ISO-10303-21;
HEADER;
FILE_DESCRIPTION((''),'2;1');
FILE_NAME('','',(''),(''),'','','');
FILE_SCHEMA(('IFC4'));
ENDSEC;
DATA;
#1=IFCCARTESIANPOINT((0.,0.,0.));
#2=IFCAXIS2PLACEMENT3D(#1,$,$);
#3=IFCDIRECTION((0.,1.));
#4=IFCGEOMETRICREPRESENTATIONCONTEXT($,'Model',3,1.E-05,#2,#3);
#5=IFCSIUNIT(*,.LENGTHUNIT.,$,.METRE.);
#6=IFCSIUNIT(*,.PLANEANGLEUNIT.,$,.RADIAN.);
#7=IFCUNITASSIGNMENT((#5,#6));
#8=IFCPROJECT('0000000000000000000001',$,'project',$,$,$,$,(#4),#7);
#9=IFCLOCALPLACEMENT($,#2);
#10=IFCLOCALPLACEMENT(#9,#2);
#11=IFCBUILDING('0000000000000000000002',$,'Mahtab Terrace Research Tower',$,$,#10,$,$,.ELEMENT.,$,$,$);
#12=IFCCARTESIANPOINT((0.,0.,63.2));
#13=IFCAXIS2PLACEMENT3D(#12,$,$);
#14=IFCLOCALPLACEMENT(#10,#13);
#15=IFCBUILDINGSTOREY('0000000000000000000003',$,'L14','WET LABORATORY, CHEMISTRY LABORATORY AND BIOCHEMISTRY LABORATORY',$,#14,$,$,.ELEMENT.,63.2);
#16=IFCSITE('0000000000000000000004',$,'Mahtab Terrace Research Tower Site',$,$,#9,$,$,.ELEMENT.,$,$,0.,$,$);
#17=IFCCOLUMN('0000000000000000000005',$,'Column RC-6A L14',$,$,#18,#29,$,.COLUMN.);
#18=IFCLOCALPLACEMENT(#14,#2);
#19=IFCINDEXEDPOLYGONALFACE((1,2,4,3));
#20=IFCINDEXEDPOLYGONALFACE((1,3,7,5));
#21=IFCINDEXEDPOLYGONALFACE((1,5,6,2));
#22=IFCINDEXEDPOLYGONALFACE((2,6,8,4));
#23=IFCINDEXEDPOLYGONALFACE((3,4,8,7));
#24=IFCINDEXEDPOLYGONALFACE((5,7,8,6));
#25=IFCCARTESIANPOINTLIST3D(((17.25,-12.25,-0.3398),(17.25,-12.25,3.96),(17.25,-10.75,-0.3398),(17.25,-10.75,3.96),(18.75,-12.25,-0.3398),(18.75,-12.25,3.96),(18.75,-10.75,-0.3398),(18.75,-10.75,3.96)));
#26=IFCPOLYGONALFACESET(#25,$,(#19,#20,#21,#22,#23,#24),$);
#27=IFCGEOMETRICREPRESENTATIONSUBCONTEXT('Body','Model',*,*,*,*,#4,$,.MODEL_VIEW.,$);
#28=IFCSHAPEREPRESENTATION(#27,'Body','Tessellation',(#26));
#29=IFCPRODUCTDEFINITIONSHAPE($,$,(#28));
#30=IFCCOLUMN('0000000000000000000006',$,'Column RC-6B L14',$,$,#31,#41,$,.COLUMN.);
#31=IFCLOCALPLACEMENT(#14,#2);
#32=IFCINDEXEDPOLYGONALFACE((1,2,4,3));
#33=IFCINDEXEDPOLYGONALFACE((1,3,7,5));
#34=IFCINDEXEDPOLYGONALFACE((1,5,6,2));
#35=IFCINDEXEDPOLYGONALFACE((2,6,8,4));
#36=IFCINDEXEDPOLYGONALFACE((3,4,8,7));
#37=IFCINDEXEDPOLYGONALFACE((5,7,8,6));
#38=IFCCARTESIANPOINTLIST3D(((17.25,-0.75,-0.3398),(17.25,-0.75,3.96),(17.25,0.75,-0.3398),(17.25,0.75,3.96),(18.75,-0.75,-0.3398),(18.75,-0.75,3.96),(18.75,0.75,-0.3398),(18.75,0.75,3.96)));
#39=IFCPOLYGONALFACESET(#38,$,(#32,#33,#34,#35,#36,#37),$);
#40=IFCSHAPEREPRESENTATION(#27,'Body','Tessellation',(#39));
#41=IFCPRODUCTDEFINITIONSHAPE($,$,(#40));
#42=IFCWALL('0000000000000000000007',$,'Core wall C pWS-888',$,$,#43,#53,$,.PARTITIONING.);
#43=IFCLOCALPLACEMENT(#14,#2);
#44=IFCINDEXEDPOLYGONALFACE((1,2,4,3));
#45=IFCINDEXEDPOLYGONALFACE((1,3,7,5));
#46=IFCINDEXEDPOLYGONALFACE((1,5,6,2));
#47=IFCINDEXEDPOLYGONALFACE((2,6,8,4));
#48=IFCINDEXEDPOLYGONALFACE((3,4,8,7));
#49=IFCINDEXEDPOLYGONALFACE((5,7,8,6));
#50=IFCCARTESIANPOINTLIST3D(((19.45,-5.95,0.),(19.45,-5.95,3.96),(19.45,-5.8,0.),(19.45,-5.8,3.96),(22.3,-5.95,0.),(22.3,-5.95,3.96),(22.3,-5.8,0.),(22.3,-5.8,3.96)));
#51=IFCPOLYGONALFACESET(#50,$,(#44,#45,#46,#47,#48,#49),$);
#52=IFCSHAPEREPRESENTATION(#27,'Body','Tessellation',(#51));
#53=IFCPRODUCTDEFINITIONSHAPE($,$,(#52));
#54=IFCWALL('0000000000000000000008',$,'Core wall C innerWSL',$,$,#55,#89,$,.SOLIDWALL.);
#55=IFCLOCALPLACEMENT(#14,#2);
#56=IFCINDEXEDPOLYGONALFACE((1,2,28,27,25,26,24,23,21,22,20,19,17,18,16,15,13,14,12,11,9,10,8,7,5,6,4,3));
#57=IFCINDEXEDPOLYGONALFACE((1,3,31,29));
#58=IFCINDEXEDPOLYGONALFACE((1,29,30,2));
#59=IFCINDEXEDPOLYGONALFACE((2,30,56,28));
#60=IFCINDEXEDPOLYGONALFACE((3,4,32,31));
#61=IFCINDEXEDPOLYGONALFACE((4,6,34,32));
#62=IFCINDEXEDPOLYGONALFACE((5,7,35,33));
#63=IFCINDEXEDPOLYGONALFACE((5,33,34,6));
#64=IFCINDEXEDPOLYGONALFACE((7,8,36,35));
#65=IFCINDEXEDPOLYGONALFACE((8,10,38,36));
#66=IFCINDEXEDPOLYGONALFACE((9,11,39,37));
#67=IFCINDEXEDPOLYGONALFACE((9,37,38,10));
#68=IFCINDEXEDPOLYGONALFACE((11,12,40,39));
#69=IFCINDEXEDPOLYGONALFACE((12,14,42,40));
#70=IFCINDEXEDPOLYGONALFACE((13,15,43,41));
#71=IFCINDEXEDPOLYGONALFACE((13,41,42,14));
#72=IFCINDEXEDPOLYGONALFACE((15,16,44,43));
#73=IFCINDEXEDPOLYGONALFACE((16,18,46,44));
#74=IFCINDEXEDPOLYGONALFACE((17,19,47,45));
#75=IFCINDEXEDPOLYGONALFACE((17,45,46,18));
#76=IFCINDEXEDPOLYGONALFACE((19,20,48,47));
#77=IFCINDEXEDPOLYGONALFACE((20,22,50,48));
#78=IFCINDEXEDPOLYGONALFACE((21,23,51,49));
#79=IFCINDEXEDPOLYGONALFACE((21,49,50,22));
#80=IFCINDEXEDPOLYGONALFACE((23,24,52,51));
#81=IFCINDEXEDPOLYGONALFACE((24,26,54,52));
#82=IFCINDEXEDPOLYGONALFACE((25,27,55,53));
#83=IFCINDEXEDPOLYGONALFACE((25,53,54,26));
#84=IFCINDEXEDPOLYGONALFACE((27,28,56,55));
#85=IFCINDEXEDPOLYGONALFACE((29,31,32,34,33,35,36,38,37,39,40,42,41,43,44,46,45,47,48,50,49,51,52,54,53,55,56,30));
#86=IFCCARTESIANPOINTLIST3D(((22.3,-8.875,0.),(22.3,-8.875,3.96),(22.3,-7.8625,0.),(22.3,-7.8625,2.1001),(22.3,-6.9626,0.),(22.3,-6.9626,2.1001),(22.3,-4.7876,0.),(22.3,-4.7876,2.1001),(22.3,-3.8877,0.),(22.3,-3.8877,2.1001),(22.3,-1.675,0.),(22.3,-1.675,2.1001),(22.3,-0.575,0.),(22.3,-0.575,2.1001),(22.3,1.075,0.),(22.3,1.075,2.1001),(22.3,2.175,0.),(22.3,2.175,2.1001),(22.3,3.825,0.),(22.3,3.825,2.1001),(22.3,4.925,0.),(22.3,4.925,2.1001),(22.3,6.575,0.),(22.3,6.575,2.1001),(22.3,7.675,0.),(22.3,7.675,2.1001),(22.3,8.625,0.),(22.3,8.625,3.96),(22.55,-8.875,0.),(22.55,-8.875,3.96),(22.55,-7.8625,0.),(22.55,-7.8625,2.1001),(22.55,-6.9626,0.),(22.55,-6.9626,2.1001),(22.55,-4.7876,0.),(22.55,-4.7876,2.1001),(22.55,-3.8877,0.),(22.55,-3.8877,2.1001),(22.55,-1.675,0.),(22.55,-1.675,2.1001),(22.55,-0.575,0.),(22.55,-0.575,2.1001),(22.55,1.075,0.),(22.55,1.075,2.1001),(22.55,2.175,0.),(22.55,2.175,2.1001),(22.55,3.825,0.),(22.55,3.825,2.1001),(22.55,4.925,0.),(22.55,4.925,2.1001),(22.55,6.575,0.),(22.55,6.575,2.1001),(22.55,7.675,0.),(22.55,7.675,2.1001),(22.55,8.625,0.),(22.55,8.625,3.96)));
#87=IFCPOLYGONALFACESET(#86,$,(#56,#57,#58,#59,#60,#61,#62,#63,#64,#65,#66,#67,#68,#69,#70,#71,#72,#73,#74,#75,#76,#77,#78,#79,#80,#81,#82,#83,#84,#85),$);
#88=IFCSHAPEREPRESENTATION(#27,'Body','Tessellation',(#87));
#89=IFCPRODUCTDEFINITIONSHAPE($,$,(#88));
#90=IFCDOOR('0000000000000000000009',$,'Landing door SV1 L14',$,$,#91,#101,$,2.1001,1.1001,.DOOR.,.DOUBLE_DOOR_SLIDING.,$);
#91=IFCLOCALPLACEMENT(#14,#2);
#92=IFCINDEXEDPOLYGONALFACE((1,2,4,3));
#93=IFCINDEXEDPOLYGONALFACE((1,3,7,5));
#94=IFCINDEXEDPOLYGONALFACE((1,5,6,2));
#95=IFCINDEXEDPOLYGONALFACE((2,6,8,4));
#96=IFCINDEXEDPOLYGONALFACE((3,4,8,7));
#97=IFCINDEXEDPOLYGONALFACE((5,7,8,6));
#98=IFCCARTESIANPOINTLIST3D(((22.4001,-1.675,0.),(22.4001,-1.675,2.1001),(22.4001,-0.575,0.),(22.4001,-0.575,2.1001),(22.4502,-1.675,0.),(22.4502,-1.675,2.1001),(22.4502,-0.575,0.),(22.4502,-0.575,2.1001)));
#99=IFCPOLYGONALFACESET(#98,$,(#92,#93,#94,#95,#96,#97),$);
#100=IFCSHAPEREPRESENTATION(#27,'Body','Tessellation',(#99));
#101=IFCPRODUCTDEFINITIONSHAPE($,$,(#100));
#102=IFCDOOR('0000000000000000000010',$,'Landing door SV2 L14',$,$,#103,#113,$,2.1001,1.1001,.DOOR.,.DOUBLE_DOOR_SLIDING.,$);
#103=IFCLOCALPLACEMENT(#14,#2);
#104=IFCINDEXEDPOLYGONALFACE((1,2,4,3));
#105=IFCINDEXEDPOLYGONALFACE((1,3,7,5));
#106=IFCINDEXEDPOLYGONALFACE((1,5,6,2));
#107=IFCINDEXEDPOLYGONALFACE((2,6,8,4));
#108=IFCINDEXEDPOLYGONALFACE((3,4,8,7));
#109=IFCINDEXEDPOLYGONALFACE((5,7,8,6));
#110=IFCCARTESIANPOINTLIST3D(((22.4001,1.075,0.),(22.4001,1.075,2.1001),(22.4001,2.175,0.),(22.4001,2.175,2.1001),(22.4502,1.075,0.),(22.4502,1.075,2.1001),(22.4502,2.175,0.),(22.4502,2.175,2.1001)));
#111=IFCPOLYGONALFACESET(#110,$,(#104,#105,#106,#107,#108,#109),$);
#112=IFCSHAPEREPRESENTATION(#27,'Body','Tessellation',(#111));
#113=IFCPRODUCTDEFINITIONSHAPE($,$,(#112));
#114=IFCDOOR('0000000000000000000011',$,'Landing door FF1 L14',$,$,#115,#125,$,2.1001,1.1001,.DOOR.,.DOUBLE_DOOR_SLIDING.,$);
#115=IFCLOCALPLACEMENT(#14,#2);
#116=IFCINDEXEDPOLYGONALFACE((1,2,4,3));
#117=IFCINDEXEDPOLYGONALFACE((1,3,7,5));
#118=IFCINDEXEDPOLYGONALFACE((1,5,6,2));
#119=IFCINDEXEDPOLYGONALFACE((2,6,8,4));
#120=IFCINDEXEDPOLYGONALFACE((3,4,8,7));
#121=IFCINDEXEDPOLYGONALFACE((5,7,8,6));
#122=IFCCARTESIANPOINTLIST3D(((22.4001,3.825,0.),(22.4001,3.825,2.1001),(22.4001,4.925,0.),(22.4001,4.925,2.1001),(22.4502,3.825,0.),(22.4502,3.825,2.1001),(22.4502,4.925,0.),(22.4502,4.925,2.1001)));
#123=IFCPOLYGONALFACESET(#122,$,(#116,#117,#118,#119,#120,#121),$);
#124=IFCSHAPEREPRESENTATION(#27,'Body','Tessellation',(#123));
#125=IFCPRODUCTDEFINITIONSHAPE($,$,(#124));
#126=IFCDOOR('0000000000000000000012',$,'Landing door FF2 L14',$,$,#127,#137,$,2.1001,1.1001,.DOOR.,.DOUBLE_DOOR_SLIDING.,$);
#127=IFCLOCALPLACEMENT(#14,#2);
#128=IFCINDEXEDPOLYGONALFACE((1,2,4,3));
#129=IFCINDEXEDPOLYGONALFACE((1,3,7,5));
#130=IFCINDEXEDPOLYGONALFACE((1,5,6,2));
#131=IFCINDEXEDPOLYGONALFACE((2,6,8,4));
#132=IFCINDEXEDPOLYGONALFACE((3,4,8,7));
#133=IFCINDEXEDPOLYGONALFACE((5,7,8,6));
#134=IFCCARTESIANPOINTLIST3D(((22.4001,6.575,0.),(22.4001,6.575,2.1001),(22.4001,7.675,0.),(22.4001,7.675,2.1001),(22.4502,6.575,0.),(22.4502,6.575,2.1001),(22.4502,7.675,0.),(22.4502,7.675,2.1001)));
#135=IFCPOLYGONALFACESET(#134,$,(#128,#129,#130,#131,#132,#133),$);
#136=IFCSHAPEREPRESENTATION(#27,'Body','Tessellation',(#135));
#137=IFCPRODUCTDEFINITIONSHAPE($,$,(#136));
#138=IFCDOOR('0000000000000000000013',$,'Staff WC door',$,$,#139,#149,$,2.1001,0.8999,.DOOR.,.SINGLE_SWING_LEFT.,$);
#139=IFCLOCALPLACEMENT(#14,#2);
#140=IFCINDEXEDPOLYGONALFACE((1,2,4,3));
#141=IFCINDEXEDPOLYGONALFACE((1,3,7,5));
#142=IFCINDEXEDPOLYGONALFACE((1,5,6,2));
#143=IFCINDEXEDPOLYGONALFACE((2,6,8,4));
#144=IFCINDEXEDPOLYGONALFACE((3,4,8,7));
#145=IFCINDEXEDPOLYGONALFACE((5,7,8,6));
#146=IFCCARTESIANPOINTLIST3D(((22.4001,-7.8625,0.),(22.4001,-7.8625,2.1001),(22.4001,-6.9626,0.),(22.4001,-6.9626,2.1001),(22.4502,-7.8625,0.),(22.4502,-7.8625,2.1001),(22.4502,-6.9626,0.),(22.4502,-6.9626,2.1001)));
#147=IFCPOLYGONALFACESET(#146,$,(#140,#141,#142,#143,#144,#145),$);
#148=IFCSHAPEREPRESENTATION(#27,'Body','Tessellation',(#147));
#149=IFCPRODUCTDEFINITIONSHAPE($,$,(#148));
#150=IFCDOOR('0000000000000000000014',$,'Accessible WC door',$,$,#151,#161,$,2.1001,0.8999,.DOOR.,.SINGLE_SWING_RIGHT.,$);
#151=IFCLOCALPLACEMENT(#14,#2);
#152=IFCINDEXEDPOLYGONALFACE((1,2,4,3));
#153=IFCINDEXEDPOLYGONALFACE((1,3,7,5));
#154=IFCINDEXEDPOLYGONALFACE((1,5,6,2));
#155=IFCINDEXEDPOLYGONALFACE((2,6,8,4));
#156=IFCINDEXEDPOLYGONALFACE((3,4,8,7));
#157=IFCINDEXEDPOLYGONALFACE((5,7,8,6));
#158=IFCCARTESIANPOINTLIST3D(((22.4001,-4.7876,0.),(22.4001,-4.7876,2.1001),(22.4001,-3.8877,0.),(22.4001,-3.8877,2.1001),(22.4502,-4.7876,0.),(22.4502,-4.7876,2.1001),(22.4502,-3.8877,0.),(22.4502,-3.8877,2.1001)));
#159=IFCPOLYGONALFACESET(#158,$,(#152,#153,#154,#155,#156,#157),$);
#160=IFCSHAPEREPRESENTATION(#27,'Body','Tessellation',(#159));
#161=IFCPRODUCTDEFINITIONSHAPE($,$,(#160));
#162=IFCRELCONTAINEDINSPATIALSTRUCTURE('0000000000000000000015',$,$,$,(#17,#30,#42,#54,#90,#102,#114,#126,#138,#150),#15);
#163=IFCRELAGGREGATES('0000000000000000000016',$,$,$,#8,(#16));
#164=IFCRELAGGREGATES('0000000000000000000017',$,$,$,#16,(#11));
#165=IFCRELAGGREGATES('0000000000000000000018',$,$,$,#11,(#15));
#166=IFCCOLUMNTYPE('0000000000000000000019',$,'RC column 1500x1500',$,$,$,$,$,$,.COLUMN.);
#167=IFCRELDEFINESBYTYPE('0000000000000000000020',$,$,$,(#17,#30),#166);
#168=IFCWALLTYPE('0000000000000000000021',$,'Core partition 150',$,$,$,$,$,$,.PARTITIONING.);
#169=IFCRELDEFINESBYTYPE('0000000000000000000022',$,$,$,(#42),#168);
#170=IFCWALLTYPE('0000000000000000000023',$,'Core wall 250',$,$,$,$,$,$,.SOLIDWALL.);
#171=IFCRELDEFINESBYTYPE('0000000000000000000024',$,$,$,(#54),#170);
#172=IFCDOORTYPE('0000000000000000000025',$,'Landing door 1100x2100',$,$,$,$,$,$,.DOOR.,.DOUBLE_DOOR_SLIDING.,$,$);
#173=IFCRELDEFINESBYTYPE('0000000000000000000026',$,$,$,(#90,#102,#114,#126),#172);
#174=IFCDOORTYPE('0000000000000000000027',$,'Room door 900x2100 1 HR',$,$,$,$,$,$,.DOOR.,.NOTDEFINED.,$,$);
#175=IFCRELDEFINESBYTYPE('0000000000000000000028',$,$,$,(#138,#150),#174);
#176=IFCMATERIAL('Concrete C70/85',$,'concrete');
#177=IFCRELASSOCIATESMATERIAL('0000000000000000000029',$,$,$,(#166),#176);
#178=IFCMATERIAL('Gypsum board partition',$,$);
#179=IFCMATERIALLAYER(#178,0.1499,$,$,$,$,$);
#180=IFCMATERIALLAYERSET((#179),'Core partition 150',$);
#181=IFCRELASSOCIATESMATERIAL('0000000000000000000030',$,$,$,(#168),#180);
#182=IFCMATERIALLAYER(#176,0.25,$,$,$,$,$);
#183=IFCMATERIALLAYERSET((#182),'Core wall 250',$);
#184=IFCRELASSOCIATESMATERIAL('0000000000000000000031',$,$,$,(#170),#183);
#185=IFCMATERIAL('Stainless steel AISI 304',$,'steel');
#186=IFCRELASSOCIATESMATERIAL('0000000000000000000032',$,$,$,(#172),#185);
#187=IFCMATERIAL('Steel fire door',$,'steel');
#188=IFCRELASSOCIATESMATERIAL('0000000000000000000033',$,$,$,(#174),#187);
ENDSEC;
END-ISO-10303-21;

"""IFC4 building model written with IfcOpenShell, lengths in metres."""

from ifc_helpers import new_model, si_unit, direction, frame, frame_2d, origin, origin_2d, place, context, subcontext, project, spatial, rectangle, extrude, material, layer, layer_set, material_profile, profile_set, type_object, element, fill, save


model = new_model("IFC4")

# Units and contexts
model_context = context("Model", 3, precision=1e-05, world=origin(), true_north=direction((0.0, 1.0)))
body_context = subcontext(model_context, "Body", "Model", "MODEL_VIEW")
ifc_project = project(units=[si_unit("LENGTHUNIT", "METRE"), si_unit("PLANEANGLEUNIT", "RADIAN")], contexts=[model_context])

# Site, building, storey
site_placement = place(None, origin())
site = spatial("IfcSite", under=ifc_project, at=site_placement, Name="Mahtab Terrace Research Tower Site", CompositionType="ELEMENT", RefElevation=0.0)
building_placement = place(site_placement, origin())
building = spatial("IfcBuilding", under=site, at=building_placement, Name="Mahtab Terrace Research Tower", CompositionType="ELEMENT")
storey_placement = place(building_placement, frame((0.0, 0.0, 63.2)))
storey = spatial("IfcBuildingStorey", under=building, at=storey_placement, Name="L14", Description="WET LABORATORY, CHEMISTRY LABORATORY AND BIOCHEMISTRY LABORATORY", CompositionType="ELEMENT", Elevation=63.2)

# Columns
ifc_material_1 = material(Name="Concrete C70/85", Category="concrete")
ifc_material_profile = material_profile(ifc_material_1, rectangle(XDim=1.5, YDim=1.5, at=origin_2d()), Name="RC column 1500x1500")
ifc_profile_set = profile_set([ifc_material_profile], Name="Concrete C70/85")
column_type = type_object("IfcColumnType", Name="RC column 1500x1500", PredefinedType="COLUMN", material=ifc_profile_set)
for number, where, z_axis, x_axis, name in (
    (1, (18.0, -11.5, -0.3398), (0.0, 0.0, 1.0), (1.0, 0.0, 0.0), "Column RC-6A L14"),
    (2, (18.0, 0.0, -0.3398), (0.0, 0.0, 1.0), (1.0, 0.0, 0.0), "Column RC-6B L14"),
):
    element("IfcColumn", number, at=place(storey_placement, frame(where, z_axis=z_axis, x_axis=x_axis)), inside=storey, type_object=column_type, Name=name, PredefinedType="COLUMN", context=body_context, shape_type="SweptSolid", body=[
        extrude(rectangle(XDim=1.5, YDim=1.5, at=origin_2d()), origin(), (0.0, 0.0, 1.0), 4.2998),
    ])

# Wall
ifc_material_2 = material(Name="Gypsum board partition")
ifc_layer_1 = layer(ifc_material_2, 0.1499)
ifc_layer_set_1 = layer_set([ifc_layer_1], Name="Core partition 150")
wall_type_1 = type_object("IfcWallType", Name="Core partition 150", PredefinedType="PARTITIONING", material=ifc_layer_set_1)
wall_1_placement = place(storey_placement, frame((19.45, -5.875, 0.0), z_axis=(0.0, 0.0, 1.0), x_axis=(1.0, 0.0, 0.0)))
element("IfcWall", 3, at=wall_1_placement, inside=storey, type_object=wall_type_1, Name="Core wall C pWS-888", PredefinedType="PARTITIONING", context=body_context, shape_type="SweptSolid", body=[
    extrude(rectangle(XDim=2.8501, YDim=0.1499, at=frame_2d((1.425, 0.0))), origin(), (0.0, 0.0, 1.0), 3.96),
])

# Wall, openings, doors
ifc_layer_2 = layer(ifc_material_1, 0.25)
ifc_layer_set_2 = layer_set([ifc_layer_2], Name="Core wall 250")
wall_type_2 = type_object("IfcWallType", Name="Core wall 250", PredefinedType="SOLIDWALL", material=ifc_layer_set_2)
wall_2_placement = place(storey_placement, frame((22.425, -8.875, 0.0), z_axis=(0.0, 0.0, 1.0), x_axis=(0.0, 1.0, 0.0)))
wall_2 = element("IfcWall", 4, at=wall_2_placement, inside=storey, type_object=wall_type_2, Name="Core wall C innerWSL", PredefinedType="SOLIDWALL", context=body_context, shape_type="SweptSolid", body=[
    extrude(rectangle(XDim=17.5, YDim=0.25, at=frame_2d((8.75, 0.0))), origin(), (0.0, 0.0, 1.0), 3.96),
])
opening_1_placement = place(wall_2_placement, frame((7.2, 0.0, 0.0)))
opening_1 = element("IfcOpeningElement", 5, at=opening_1_placement, cuts=wall_2, PredefinedType="OPENING", context=body_context, shape_type="SweptSolid", body=[
    extrude(rectangle(XDim=1.1001, YDim=2.1001, at=frame_2d((0.55, 1.05))), frame((0.0, 0.135, 0.0), z_axis=(0.0, -1.0, 0.0), x_axis=(1.0, 0.0, 0.0)), (0.0, 0.0, 1.0), 0.27),
])
opening_2_placement = place(wall_2_placement, frame((9.95, 0.0, 0.0)))
opening_2 = element("IfcOpeningElement", 6, at=opening_2_placement, cuts=wall_2, PredefinedType="OPENING", context=body_context, shape_type="SweptSolid", body=[
    extrude(rectangle(XDim=1.1001, YDim=2.1001, at=frame_2d((0.55, 1.05))), frame((0.0, 0.135, 0.0), z_axis=(0.0, -1.0, 0.0), x_axis=(1.0, 0.0, 0.0)), (0.0, 0.0, 1.0), 0.27),
])
opening_3_placement = place(wall_2_placement, frame((12.7, 0.0, 0.0)))
opening_3 = element("IfcOpeningElement", 7, at=opening_3_placement, cuts=wall_2, PredefinedType="OPENING", context=body_context, shape_type="SweptSolid", body=[
    extrude(rectangle(XDim=1.1001, YDim=2.1001, at=frame_2d((0.55, 1.05))), frame((0.0, 0.135, 0.0), z_axis=(0.0, -1.0, 0.0), x_axis=(1.0, 0.0, 0.0)), (0.0, 0.0, 1.0), 0.27),
])
opening_4_placement = place(wall_2_placement, frame((15.45, 0.0, 0.0)))
opening_4 = element("IfcOpeningElement", 8, at=opening_4_placement, cuts=wall_2, PredefinedType="OPENING", context=body_context, shape_type="SweptSolid", body=[
    extrude(rectangle(XDim=1.1001, YDim=2.1001, at=frame_2d((0.55, 1.05))), frame((0.0, 0.135, 0.0), z_axis=(0.0, -1.0, 0.0), x_axis=(1.0, 0.0, 0.0)), (0.0, 0.0, 1.0), 0.27),
])
opening_5_placement = place(wall_2_placement, frame((1.0125, 0.0, 0.0)))
opening_5 = element("IfcOpeningElement", 9, at=opening_5_placement, cuts=wall_2, PredefinedType="OPENING", context=body_context, shape_type="SweptSolid", body=[
    extrude(rectangle(XDim=0.8999, YDim=2.1001, at=frame_2d((0.45, 1.05))), frame((0.0, 0.135, 0.0), z_axis=(0.0, -1.0, 0.0), x_axis=(1.0, 0.0, 0.0)), (0.0, 0.0, 1.0), 0.27),
])
opening_6_placement = place(wall_2_placement, frame((4.0874, 0.0, 0.0)))
opening_6 = element("IfcOpeningElement", 10, at=opening_6_placement, cuts=wall_2, PredefinedType="OPENING", context=body_context, shape_type="SweptSolid", body=[
    extrude(rectangle(XDim=0.8999, YDim=2.1001, at=frame_2d((0.45, 1.05))), frame((0.0, 0.135, 0.0), z_axis=(0.0, -1.0, 0.0), x_axis=(1.0, 0.0, 0.0)), (0.0, 0.0, 1.0), 0.27),
])
ifc_material_3 = material(Name="Stainless steel AISI 304", Category="steel")
door_type_1 = type_object("IfcDoorType", Name="Landing door 1100x2100", OperationType="DOUBLE_DOOR_SLIDING", PredefinedType="DOOR", material=ifc_material_3)
door_1_placement = place(opening_1_placement, origin())
door_1 = element("IfcDoor", 11, at=door_1_placement, inside=storey, type_object=door_type_1, Name="Landing door SV1 L14", OperationType="DOUBLE_DOOR_SLIDING", OverallHeight=2.1001, OverallWidth=1.1001, PredefinedType="DOOR", context=body_context, shape_type="SweptSolid", body=[
    extrude(rectangle(XDim=1.1001, YDim=2.1001, at=frame_2d((0.55, 1.05))), frame((0.0, 0.0249, 0.0), z_axis=(0.0, -1.0, 0.0), x_axis=(1.0, 0.0, 0.0)), (0.0, 0.0, 1.0), 0.05),
])
fill(opening_1, door_1)
door_2_placement = place(opening_2_placement, origin())
door_2 = element("IfcDoor", 12, at=door_2_placement, inside=storey, type_object=door_type_1, Name="Landing door SV2 L14", OperationType="DOUBLE_DOOR_SLIDING", OverallHeight=2.1001, OverallWidth=1.1001, PredefinedType="DOOR", context=body_context, shape_type="SweptSolid", body=[
    extrude(rectangle(XDim=1.1001, YDim=2.1001, at=frame_2d((0.55, 1.05))), frame((0.0, 0.0249, 0.0), z_axis=(0.0, -1.0, 0.0), x_axis=(1.0, 0.0, 0.0)), (0.0, 0.0, 1.0), 0.05),
])
fill(opening_2, door_2)
door_3_placement = place(opening_3_placement, origin())
door_3 = element("IfcDoor", 13, at=door_3_placement, inside=storey, type_object=door_type_1, Name="Landing door FF1 L14", OperationType="DOUBLE_DOOR_SLIDING", OverallHeight=2.1001, OverallWidth=1.1001, PredefinedType="DOOR", context=body_context, shape_type="SweptSolid", body=[
    extrude(rectangle(XDim=1.1001, YDim=2.1001, at=frame_2d((0.55, 1.05))), frame((0.0, 0.0249, 0.0), z_axis=(0.0, -1.0, 0.0), x_axis=(1.0, 0.0, 0.0)), (0.0, 0.0, 1.0), 0.05),
])
fill(opening_3, door_3)
door_4_placement = place(opening_4_placement, origin())
door_4 = element("IfcDoor", 14, at=door_4_placement, inside=storey, type_object=door_type_1, Name="Landing door FF2 L14", OperationType="DOUBLE_DOOR_SLIDING", OverallHeight=2.1001, OverallWidth=1.1001, PredefinedType="DOOR", context=body_context, shape_type="SweptSolid", body=[
    extrude(rectangle(XDim=1.1001, YDim=2.1001, at=frame_2d((0.55, 1.05))), frame((0.0, 0.0249, 0.0), z_axis=(0.0, -1.0, 0.0), x_axis=(1.0, 0.0, 0.0)), (0.0, 0.0, 1.0), 0.05),
])
fill(opening_4, door_4)
ifc_material_4 = material(Name="Steel fire door", Category="steel")
door_type_2 = type_object("IfcDoorType", Name="Room door 900x2100 1 HR", OperationType="NOTDEFINED", PredefinedType="DOOR", material=ifc_material_4)
door_5_placement = place(opening_5_placement, origin())
door_5 = element("IfcDoor", 15, at=door_5_placement, inside=storey, type_object=door_type_2, Name="Staff WC door", OperationType="SINGLE_SWING_LEFT", OverallHeight=2.1001, OverallWidth=0.8999, PredefinedType="DOOR", context=body_context, shape_type="SweptSolid", body=[
    extrude(rectangle(XDim=0.8999, YDim=2.1001, at=frame_2d((0.45, 1.05))), frame((0.0, 0.0249, 0.0), z_axis=(0.0, -1.0, 0.0), x_axis=(1.0, 0.0, 0.0)), (0.0, 0.0, 1.0), 0.05),
])
fill(opening_5, door_5)
door_6_placement = place(opening_6_placement, origin())
door_6 = element("IfcDoor", 16, at=door_6_placement, inside=storey, type_object=door_type_2, Name="Accessible WC door", OperationType="SINGLE_SWING_RIGHT", OverallHeight=2.1001, OverallWidth=0.8999, PredefinedType="DOOR", context=body_context, shape_type="SweptSolid", body=[
    extrude(rectangle(XDim=0.8999, YDim=2.1001, at=frame_2d((0.45, 1.05))), frame((0.0, 0.0249, 0.0), z_axis=(0.0, -1.0, 0.0), x_axis=(1.0, 0.0, 0.0)), (0.0, 0.0, 1.0), 0.05),
])
fill(opening_6, door_6)

save(model, "model.ifc")
